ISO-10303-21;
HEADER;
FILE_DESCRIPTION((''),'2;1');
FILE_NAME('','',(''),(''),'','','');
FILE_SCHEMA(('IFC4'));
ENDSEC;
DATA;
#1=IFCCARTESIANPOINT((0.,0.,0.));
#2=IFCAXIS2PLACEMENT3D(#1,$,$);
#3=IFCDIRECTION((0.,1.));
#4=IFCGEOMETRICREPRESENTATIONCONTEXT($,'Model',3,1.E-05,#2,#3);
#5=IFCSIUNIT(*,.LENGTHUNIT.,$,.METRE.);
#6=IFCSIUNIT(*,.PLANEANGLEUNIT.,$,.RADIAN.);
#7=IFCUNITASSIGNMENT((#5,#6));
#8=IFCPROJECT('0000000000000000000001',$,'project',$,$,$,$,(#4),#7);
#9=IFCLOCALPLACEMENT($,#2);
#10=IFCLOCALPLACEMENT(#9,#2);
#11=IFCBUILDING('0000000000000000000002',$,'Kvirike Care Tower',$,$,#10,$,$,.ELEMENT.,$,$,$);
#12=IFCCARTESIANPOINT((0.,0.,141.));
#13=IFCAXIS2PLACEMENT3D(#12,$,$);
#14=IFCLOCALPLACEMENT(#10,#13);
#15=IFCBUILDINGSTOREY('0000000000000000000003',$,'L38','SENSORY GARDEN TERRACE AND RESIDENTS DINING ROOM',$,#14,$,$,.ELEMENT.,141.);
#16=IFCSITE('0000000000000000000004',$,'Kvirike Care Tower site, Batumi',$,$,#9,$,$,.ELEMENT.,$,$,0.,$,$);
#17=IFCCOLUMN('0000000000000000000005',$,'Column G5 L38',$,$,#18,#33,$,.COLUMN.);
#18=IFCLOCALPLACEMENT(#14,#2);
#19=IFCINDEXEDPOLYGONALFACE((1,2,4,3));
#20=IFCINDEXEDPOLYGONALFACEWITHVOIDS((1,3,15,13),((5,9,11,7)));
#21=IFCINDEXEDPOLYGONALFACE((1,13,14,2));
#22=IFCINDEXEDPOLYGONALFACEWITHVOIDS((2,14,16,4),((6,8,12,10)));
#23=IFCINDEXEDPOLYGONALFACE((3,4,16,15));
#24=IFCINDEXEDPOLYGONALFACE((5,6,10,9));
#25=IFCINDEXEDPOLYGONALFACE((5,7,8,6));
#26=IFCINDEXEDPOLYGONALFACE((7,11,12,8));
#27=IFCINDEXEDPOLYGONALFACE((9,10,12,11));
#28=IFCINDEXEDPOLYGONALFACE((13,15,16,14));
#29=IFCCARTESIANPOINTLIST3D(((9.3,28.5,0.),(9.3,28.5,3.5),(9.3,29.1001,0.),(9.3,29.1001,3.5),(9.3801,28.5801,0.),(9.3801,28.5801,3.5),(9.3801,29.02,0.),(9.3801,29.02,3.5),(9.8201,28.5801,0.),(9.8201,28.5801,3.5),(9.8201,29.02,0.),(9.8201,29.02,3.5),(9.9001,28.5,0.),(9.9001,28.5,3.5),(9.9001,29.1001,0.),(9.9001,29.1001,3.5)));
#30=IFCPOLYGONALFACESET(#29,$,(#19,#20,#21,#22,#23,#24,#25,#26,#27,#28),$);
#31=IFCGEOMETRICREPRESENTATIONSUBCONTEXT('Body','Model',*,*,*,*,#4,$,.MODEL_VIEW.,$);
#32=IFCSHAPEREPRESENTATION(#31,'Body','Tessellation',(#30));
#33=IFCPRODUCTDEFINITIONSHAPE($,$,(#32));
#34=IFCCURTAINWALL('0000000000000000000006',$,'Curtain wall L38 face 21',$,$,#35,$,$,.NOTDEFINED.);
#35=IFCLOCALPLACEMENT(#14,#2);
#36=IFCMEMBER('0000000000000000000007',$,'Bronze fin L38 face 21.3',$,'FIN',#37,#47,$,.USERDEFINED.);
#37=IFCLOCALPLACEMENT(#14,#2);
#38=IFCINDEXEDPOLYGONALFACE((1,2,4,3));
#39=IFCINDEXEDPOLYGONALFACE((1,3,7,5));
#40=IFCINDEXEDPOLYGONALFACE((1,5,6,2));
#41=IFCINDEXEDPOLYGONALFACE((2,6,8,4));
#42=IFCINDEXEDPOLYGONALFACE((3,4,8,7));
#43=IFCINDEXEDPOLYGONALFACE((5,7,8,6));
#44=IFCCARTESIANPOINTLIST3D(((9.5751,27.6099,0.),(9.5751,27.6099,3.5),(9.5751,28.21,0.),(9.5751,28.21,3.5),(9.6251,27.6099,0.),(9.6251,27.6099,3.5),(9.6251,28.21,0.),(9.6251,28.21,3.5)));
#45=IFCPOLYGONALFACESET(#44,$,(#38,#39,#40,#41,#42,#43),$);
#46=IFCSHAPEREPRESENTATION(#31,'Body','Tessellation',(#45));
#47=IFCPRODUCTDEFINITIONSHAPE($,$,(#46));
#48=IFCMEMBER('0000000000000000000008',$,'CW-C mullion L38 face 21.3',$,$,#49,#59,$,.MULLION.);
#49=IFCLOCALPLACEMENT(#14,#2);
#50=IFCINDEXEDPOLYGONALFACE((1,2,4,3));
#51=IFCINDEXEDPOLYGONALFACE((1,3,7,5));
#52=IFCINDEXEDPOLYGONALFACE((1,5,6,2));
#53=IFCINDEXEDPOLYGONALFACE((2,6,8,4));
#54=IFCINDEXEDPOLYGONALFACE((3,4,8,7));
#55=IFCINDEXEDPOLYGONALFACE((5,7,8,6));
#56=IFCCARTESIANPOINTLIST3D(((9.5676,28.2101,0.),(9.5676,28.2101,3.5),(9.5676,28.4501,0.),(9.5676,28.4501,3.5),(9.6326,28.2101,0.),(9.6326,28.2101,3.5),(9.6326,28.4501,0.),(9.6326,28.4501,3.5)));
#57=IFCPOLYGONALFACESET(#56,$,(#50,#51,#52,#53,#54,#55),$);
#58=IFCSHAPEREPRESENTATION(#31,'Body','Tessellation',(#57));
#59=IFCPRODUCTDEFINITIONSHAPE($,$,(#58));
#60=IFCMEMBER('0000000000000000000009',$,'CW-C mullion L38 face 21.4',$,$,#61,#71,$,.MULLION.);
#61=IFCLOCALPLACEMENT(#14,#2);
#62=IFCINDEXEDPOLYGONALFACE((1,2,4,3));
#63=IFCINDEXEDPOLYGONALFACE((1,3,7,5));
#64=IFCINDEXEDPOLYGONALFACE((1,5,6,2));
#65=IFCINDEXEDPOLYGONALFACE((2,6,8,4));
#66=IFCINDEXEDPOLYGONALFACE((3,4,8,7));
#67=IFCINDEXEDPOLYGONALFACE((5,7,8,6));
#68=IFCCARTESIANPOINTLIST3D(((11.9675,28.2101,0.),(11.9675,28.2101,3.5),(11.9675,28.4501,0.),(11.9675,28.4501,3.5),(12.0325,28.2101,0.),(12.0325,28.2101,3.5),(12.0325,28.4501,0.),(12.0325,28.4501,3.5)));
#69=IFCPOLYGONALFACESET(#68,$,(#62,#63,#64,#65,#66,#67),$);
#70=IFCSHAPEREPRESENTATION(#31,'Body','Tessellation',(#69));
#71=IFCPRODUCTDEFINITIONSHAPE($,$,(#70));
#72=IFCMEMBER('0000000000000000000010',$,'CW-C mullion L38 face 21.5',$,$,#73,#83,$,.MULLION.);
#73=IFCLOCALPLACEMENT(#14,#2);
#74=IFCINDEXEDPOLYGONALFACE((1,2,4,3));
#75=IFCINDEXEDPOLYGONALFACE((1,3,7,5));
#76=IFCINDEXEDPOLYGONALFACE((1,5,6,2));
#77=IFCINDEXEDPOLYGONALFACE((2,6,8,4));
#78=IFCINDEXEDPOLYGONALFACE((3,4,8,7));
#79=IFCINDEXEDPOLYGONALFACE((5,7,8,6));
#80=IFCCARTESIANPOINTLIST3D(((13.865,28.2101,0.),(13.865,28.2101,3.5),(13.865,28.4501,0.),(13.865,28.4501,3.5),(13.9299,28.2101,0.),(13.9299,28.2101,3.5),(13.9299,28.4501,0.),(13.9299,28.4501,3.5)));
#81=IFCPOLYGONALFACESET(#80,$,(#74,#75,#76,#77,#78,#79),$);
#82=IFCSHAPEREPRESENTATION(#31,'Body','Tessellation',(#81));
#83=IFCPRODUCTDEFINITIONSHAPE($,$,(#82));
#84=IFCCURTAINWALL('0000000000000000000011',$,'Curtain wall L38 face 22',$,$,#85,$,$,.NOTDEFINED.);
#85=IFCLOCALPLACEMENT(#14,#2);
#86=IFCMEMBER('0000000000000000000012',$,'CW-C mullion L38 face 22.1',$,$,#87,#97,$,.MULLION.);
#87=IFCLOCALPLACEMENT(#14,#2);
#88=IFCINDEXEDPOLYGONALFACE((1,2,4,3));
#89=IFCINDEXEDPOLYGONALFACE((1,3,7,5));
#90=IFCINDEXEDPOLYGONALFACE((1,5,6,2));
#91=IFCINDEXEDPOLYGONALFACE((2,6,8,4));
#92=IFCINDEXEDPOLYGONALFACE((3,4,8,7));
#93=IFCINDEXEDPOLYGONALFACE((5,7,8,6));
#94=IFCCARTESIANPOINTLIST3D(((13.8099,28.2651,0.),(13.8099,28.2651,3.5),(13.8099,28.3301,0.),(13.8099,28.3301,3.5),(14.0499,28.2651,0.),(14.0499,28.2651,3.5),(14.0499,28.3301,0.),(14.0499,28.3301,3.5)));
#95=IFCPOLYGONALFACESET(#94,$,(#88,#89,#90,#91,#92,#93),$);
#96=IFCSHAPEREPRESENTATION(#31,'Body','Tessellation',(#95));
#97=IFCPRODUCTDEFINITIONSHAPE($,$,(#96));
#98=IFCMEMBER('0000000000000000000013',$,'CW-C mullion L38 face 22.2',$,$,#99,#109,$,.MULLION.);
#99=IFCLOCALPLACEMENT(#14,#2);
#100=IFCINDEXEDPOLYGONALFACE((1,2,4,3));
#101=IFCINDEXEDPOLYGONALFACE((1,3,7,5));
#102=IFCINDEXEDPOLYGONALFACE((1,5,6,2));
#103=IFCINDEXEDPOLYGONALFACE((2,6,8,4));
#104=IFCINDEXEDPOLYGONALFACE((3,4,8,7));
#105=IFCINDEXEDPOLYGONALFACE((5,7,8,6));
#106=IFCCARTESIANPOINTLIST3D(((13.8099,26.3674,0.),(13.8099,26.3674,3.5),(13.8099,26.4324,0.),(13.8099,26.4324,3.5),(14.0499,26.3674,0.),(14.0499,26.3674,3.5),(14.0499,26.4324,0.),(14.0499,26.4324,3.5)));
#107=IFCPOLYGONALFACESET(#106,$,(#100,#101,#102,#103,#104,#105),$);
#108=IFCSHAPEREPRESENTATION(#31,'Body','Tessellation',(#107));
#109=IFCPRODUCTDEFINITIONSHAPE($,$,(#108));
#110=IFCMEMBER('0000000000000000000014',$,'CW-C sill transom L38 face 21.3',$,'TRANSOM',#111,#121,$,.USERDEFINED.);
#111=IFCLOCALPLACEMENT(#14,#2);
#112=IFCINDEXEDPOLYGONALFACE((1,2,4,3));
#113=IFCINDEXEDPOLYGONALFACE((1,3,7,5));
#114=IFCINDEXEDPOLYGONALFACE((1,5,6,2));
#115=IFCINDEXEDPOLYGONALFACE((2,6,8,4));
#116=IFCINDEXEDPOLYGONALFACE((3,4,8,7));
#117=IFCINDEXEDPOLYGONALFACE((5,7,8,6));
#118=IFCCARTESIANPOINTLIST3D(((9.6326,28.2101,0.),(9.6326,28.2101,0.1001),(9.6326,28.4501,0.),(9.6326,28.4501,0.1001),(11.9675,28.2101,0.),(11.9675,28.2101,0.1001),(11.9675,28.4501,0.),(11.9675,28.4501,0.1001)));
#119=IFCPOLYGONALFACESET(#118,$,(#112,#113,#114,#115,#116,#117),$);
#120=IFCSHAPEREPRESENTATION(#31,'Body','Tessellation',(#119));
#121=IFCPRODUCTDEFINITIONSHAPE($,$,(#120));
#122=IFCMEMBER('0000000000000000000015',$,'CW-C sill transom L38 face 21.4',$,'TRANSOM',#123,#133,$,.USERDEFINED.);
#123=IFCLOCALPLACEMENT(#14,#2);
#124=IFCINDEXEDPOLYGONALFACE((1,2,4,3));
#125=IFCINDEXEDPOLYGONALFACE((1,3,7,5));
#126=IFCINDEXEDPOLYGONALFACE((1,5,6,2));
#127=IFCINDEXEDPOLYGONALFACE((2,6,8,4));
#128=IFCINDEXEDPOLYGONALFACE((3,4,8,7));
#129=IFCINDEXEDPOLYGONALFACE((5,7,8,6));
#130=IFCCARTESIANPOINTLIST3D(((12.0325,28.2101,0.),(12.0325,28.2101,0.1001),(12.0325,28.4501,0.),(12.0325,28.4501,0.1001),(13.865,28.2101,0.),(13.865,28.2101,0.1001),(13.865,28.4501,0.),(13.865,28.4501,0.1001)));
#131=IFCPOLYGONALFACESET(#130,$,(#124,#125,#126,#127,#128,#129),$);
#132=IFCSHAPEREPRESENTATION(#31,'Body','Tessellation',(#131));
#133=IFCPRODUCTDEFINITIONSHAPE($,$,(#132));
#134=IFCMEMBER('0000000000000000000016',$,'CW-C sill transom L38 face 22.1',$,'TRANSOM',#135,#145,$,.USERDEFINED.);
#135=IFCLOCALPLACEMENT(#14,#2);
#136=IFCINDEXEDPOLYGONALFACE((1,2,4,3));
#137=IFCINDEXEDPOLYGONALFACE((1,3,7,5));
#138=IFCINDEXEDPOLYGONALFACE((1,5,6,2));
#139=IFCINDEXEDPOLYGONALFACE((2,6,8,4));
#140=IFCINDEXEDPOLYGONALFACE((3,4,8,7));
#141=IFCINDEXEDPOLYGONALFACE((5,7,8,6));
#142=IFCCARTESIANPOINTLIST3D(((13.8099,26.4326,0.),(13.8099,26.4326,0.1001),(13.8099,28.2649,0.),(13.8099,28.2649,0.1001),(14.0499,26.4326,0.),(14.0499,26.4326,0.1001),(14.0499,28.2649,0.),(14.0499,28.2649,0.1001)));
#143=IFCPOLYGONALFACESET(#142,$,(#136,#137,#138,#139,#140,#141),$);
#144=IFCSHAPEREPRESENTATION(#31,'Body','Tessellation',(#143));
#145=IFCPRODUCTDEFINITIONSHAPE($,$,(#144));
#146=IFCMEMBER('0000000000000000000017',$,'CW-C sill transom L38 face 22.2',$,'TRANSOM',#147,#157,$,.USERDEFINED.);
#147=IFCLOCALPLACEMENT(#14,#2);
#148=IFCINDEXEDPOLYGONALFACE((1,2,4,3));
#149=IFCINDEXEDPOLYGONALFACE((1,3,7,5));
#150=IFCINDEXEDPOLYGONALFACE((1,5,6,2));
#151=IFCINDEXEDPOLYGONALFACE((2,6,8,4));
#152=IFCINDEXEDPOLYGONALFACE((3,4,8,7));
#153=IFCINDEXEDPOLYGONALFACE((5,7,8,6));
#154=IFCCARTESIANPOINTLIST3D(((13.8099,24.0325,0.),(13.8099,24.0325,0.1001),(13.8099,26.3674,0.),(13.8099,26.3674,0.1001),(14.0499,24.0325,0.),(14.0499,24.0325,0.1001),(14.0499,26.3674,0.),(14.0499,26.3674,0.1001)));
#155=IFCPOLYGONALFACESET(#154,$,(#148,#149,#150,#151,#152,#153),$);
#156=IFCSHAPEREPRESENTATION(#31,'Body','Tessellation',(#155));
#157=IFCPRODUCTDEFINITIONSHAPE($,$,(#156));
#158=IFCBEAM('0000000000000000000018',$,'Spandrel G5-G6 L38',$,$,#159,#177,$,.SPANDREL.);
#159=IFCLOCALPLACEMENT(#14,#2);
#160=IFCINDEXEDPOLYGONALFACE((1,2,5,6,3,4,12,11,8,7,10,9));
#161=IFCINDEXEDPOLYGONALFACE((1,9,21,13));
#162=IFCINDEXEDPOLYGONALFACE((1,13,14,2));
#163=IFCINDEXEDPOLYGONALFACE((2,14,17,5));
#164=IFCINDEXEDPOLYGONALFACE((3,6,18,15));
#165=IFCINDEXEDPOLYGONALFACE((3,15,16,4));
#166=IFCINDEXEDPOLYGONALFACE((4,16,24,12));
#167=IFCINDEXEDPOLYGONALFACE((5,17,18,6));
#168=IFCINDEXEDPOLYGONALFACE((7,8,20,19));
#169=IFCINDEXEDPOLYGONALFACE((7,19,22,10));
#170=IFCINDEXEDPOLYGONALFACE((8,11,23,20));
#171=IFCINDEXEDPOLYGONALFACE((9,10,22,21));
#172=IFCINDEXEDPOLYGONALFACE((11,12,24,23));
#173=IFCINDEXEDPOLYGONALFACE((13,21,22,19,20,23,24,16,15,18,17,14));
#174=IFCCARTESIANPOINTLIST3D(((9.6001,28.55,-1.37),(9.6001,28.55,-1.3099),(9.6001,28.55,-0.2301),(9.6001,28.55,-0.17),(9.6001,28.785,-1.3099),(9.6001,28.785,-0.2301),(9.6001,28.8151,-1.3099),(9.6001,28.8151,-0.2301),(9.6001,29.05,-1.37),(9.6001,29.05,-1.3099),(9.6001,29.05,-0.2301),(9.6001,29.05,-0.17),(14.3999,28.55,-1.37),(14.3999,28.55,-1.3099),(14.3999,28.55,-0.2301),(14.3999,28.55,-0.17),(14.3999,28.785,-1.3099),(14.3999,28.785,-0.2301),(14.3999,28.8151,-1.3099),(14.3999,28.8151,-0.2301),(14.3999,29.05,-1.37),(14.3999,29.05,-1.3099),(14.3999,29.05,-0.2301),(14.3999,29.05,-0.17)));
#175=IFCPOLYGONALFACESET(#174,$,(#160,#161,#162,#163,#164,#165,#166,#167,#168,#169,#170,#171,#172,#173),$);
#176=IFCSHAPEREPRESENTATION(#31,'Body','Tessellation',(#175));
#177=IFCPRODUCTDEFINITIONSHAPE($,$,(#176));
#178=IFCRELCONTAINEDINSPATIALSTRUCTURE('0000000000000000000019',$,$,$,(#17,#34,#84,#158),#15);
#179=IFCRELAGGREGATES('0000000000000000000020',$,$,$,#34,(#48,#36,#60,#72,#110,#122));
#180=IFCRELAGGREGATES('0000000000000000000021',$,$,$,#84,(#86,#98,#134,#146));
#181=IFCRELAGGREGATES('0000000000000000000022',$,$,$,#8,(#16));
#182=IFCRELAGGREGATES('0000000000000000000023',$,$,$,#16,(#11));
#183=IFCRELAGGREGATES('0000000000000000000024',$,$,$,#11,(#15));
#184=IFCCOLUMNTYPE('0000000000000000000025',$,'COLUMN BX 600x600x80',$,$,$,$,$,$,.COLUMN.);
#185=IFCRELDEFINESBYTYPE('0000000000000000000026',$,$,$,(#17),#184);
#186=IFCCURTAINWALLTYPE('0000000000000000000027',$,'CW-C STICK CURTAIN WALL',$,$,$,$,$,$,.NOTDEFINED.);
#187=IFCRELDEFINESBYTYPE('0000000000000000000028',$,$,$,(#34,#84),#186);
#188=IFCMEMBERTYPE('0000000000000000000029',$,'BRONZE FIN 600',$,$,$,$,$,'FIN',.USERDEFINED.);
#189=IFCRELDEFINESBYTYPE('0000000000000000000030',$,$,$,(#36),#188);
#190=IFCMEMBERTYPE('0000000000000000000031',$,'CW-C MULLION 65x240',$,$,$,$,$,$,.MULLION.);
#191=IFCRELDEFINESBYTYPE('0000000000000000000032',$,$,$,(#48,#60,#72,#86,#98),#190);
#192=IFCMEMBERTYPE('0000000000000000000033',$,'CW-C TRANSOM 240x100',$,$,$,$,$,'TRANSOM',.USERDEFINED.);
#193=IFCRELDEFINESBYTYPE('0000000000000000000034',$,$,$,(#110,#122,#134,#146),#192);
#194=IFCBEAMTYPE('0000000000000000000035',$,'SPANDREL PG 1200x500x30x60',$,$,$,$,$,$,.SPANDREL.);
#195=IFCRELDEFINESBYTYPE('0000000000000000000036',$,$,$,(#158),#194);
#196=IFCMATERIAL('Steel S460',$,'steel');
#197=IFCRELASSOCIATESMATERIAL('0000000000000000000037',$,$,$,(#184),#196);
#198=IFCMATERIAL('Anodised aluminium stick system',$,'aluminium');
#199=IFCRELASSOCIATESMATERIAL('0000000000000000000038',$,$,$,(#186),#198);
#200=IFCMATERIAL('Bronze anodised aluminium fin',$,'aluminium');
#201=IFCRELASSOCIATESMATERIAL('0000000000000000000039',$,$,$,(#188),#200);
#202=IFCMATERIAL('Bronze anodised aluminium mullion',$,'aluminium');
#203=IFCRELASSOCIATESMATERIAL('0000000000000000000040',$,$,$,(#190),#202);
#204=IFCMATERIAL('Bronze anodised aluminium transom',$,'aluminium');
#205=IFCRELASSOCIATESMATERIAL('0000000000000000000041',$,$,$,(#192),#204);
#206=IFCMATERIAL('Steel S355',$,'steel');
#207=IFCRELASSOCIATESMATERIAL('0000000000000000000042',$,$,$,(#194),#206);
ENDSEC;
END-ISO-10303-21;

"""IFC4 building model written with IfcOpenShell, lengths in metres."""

from ifc_helpers import new_model, si_unit, direction, frame, origin, origin_2d, place, context, subcontext, project, spatial, rectangle, hollow_rectangle, i_section, extrude, material, material_profile, profile_set, type_object, element, aggregate, save


model = new_model("IFC4")

# Units and contexts
model_context = context("Model", 3, precision=1e-05, world=origin(), true_north=direction((0.0, 1.0)))
body_context = subcontext(model_context, "Body", "Model", "MODEL_VIEW")
ifc_project = project(units=[si_unit("LENGTHUNIT", "METRE"), si_unit("PLANEANGLEUNIT", "RADIAN")], contexts=[model_context])

# Site, building, storey
site_placement = place(None, origin())
site = spatial("IfcSite", under=ifc_project, at=site_placement, Name="Kvirike Care Tower site, Batumi", CompositionType="ELEMENT", RefElevation=0.0)
building_placement = place(site_placement, origin())
building = spatial("IfcBuilding", under=site, at=building_placement, Name="Kvirike Care Tower", CompositionType="ELEMENT")
storey_placement = place(building_placement, frame((0.0, 0.0, 141.0)))
storey = spatial("IfcBuildingStorey", under=building, at=storey_placement, Name="L38", Description="SENSORY GARDEN TERRACE AND RESIDENTS DINING ROOM", CompositionType="ELEMENT", Elevation=141.0)

# Column
ifc_material_1 = material(Name="Steel S460", Category="steel")
ifc_material_profile_1 = material_profile(ifc_material_1, hollow_rectangle(XDim=0.6001, YDim=0.6001, WallThickness=0.0801, at=origin_2d()), Name="BX 600x600x80")
ifc_profile_set_1 = profile_set([ifc_material_profile_1], Name="Steel S460")
column_type = type_object("IfcColumnType", Name="COLUMN BX 600x600x80", PredefinedType="COLUMN", material=ifc_profile_set_1)
column_placement = place(storey_placement, frame((9.6001, 28.8, 0.0), z_axis=(0.0, 0.0, 1.0), x_axis=(0.0, 1.0, 0.0)))
element("IfcColumn", 1, at=column_placement, inside=storey, type_object=column_type, Name="Column G5 L38", PredefinedType="COLUMN", context=body_context, shape_type="SweptSolid", body=[
    extrude(hollow_rectangle(XDim=0.6001, YDim=0.6001, WallThickness=0.0801, at=origin_2d()), origin(), (0.0, 0.0, 1.0), 3.5),
])

# Curtain walls, members
ifc_material_2 = material(Name="Anodised aluminium stick system", Category="aluminium")
curtain_wall_type = type_object("IfcCurtainWallType", Name="CW-C STICK CURTAIN WALL", PredefinedType="NOTDEFINED", material=ifc_material_2)
curtain_wall_1_placement = place(storey_placement, origin())
curtain_wall_1 = element("IfcCurtainWall", 2, at=curtain_wall_1_placement, inside=storey, type_object=curtain_wall_type, Name="Curtain wall L38 face 21", PredefinedType="NOTDEFINED")
ifc_material_3 = material(Name="Bronze anodised aluminium fin", Category="aluminium")
ifc_material_profile_2 = material_profile(ifc_material_3, rectangle(XDim=0.05, YDim=0.6001, at=origin_2d()), Name="BRONZE FIN 600")
ifc_profile_set_2 = profile_set([ifc_material_profile_2], Name="Bronze anodised aluminium fin")
member_type_1 = type_object("IfcMemberType", Name="BRONZE FIN 600", ElementType="FIN", PredefinedType="USERDEFINED", material=ifc_profile_set_2)
member_1_placement = place(storey_placement, frame((9.6001, 27.9099, 0.0), z_axis=(0.0, 0.0, 1.0), x_axis=(1.0, 0.0, 0.0)))
member_1 = element("IfcMember", 3, at=member_1_placement, type_object=member_type_1, Name="Bronze fin L38 face 21.3", ObjectType="FIN", PredefinedType="USERDEFINED", context=body_context, shape_type="SweptSolid", body=[
    extrude(rectangle(XDim=0.05, YDim=0.6001, at=origin_2d()), origin(), (0.0, 0.0, 1.0), 3.5),
])
ifc_material_4 = material(Name="Bronze anodised aluminium mullion", Category="aluminium")
ifc_material_profile_3 = material_profile(ifc_material_4, rectangle(XDim=0.0649, YDim=0.24, at=origin_2d()), Name="CW-C MULLION 65x240")
ifc_profile_set_3 = profile_set([ifc_material_profile_3], Name="Bronze anodised aluminium mullion")
member_type_2 = type_object("IfcMemberType", Name="CW-C MULLION 65x240", PredefinedType="MULLION", material=ifc_profile_set_3)
member_2_placement = place(storey_placement, frame((9.6001, 28.3301, 0.0), z_axis=(0.0, 0.0, 1.0), x_axis=(1.0, 0.0, 0.0)))
member_2 = element("IfcMember", 4, at=member_2_placement, type_object=member_type_2, Name="CW-C mullion L38 face 21.3", PredefinedType="MULLION", context=body_context, shape_type="SweptSolid", body=[
    extrude(rectangle(XDim=0.0649, YDim=0.24, at=origin_2d()), origin(), (0.0, 0.0, 1.0), 3.5),
])
member_3_placement = place(storey_placement, frame((12.0, 28.3301, 0.0), z_axis=(0.0, 0.0, 1.0), x_axis=(1.0, 0.0, 0.0)))
member_3 = element("IfcMember", 5, at=member_3_placement, type_object=member_type_2, Name="CW-C mullion L38 face 21.4", PredefinedType="MULLION", context=body_context, shape_type="SweptSolid", body=[
    extrude(rectangle(XDim=0.0649, YDim=0.24, at=origin_2d()), origin(), (0.0, 0.0, 1.0), 3.5),
])
member_4_placement = place(storey_placement, frame((13.8975, 28.3301, 0.0), z_axis=(0.0, 0.0, 1.0), x_axis=(1.0, 0.0, 0.0)))
member_4 = element("IfcMember", 6, at=member_4_placement, type_object=member_type_2, Name="CW-C mullion L38 face 21.5", PredefinedType="MULLION", context=body_context, shape_type="SweptSolid", body=[
    extrude(rectangle(XDim=0.0649, YDim=0.24, at=origin_2d()), origin(), (0.0, 0.0, 1.0), 3.5),
])
curtain_wall_2_placement = place(storey_placement, origin())
curtain_wall_2 = element("IfcCurtainWall", 7, at=curtain_wall_2_placement, inside=storey, type_object=curtain_wall_type, Name="Curtain wall L38 face 22", PredefinedType="NOTDEFINED")
member_5_placement = place(storey_placement, frame((13.9299, 28.2976, 0.0), z_axis=(0.0, 0.0, 1.0), x_axis=(0.0, -1.0, 0.0)))
member_5 = element("IfcMember", 8, at=member_5_placement, type_object=member_type_2, Name="CW-C mullion L38 face 22.1", PredefinedType="MULLION", context=body_context, shape_type="SweptSolid", body=[
    extrude(rectangle(XDim=0.0649, YDim=0.24, at=origin_2d()), origin(), (0.0, 0.0, 1.0), 3.5),
])
member_6_placement = place(storey_placement, frame((13.9299, 26.3999, 0.0), z_axis=(0.0, 0.0, 1.0), x_axis=(0.0, -1.0, 0.0)))
member_6 = element("IfcMember", 9, at=member_6_placement, type_object=member_type_2, Name="CW-C mullion L38 face 22.2", PredefinedType="MULLION", context=body_context, shape_type="SweptSolid", body=[
    extrude(rectangle(XDim=0.0649, YDim=0.24, at=origin_2d()), origin(), (0.0, 0.0, 1.0), 3.5),
])

# Members
ifc_material_5 = material(Name="Bronze anodised aluminium transom", Category="aluminium")
ifc_material_profile_4 = material_profile(ifc_material_5, rectangle(XDim=0.24, YDim=0.1001, at=origin_2d()), Name="CW-C TRANSOM 240x100")
ifc_profile_set_4 = profile_set([ifc_material_profile_4], Name="Bronze anodised aluminium transom")
member_type_3 = type_object("IfcMemberType", Name="CW-C TRANSOM 240x100", ElementType="TRANSOM", PredefinedType="USERDEFINED", material=ifc_profile_set_4)
member_7_placement = place(storey_placement, frame((9.6326, 28.3301, 0.05), z_axis=(1.0, 0.0, 0.0), x_axis=(0.0, 1.0, 0.0)))
member_7 = element("IfcMember", 10, at=member_7_placement, type_object=member_type_3, Name="CW-C sill transom L38 face 21.3", ObjectType="TRANSOM", PredefinedType="USERDEFINED", context=body_context, shape_type="SweptSolid", body=[
    extrude(rectangle(XDim=0.24, YDim=0.1001, at=origin_2d()), origin(), (0.0, 0.0, 1.0), 2.335),
])
member_8_placement = place(storey_placement, frame((12.0325, 28.3301, 0.05), z_axis=(1.0, 0.0, 0.0), x_axis=(0.0, 1.0, 0.0)))
member_8 = element("IfcMember", 11, at=member_8_placement, type_object=member_type_3, Name="CW-C sill transom L38 face 21.4", ObjectType="TRANSOM", PredefinedType="USERDEFINED", context=body_context, shape_type="SweptSolid", body=[
    extrude(rectangle(XDim=0.24, YDim=0.1001, at=origin_2d()), origin(), (0.0, 0.0, 1.0), 1.8325),
])
member_9_placement = place(storey_placement, frame((13.9299, 28.2649, 0.05), z_axis=(0.0, -1.0, 0.0), x_axis=(1.0, 0.0, 0.0)))
member_9 = element("IfcMember", 12, at=member_9_placement, type_object=member_type_3, Name="CW-C sill transom L38 face 22.1", ObjectType="TRANSOM", PredefinedType="USERDEFINED", context=body_context, shape_type="SweptSolid", body=[
    extrude(rectangle(XDim=0.24, YDim=0.1001, at=origin_2d()), origin(), (0.0, 0.0, 1.0), 1.8323),
])
member_10_placement = place(storey_placement, frame((13.9299, 26.3674, 0.05), z_axis=(0.0, -1.0, 0.0), x_axis=(1.0, 0.0, 0.0)))
member_10 = element("IfcMember", 13, at=member_10_placement, type_object=member_type_3, Name="CW-C sill transom L38 face 22.2", ObjectType="TRANSOM", PredefinedType="USERDEFINED", context=body_context, shape_type="SweptSolid", body=[
    extrude(rectangle(XDim=0.24, YDim=0.1001, at=origin_2d()), origin(), (0.0, 0.0, 1.0), 2.335),
])

# Beam
ifc_material_6 = material(Name="Steel S355", Category="steel")
ifc_material_profile_5 = material_profile(ifc_material_6, i_section(OverallWidth=0.5, OverallDepth=1.2, WebThickness=0.03, FlangeThickness=0.0601, at=origin_2d()), Name="PG 1200x500x30x60")
ifc_profile_set_5 = profile_set([ifc_material_profile_5], Name="Steel S355")
beam_type_1 = type_object("IfcBeamType", Name="SPANDREL PG 1200x500x30x60", PredefinedType="SPANDREL", material=ifc_profile_set_5)
beam_placement = place(storey_placement, frame((9.6001, 28.8, -0.77), z_axis=(1.0, 0.0, 0.0), x_axis=(0.0, 1.0, 0.0)))
element("IfcBeam", 14, at=beam_placement, inside=storey, type_object=beam_type_1, Name="Spandrel G5-G6 L38", PredefinedType="SPANDREL", context=body_context, shape_type="SweptSolid", body=[
    extrude(i_section(OverallWidth=0.5, OverallDepth=1.2, WebThickness=0.03, FlangeThickness=0.0601, at=origin_2d()), origin(), (0.0, 0.0, 1.0), 4.7998),
])

aggregate(curtain_wall_1, [member_2, member_1, member_3, member_4, member_7, member_8])
aggregate(curtain_wall_2, [member_5, member_6, member_9, member_10])

save(model, "model.ifc")
